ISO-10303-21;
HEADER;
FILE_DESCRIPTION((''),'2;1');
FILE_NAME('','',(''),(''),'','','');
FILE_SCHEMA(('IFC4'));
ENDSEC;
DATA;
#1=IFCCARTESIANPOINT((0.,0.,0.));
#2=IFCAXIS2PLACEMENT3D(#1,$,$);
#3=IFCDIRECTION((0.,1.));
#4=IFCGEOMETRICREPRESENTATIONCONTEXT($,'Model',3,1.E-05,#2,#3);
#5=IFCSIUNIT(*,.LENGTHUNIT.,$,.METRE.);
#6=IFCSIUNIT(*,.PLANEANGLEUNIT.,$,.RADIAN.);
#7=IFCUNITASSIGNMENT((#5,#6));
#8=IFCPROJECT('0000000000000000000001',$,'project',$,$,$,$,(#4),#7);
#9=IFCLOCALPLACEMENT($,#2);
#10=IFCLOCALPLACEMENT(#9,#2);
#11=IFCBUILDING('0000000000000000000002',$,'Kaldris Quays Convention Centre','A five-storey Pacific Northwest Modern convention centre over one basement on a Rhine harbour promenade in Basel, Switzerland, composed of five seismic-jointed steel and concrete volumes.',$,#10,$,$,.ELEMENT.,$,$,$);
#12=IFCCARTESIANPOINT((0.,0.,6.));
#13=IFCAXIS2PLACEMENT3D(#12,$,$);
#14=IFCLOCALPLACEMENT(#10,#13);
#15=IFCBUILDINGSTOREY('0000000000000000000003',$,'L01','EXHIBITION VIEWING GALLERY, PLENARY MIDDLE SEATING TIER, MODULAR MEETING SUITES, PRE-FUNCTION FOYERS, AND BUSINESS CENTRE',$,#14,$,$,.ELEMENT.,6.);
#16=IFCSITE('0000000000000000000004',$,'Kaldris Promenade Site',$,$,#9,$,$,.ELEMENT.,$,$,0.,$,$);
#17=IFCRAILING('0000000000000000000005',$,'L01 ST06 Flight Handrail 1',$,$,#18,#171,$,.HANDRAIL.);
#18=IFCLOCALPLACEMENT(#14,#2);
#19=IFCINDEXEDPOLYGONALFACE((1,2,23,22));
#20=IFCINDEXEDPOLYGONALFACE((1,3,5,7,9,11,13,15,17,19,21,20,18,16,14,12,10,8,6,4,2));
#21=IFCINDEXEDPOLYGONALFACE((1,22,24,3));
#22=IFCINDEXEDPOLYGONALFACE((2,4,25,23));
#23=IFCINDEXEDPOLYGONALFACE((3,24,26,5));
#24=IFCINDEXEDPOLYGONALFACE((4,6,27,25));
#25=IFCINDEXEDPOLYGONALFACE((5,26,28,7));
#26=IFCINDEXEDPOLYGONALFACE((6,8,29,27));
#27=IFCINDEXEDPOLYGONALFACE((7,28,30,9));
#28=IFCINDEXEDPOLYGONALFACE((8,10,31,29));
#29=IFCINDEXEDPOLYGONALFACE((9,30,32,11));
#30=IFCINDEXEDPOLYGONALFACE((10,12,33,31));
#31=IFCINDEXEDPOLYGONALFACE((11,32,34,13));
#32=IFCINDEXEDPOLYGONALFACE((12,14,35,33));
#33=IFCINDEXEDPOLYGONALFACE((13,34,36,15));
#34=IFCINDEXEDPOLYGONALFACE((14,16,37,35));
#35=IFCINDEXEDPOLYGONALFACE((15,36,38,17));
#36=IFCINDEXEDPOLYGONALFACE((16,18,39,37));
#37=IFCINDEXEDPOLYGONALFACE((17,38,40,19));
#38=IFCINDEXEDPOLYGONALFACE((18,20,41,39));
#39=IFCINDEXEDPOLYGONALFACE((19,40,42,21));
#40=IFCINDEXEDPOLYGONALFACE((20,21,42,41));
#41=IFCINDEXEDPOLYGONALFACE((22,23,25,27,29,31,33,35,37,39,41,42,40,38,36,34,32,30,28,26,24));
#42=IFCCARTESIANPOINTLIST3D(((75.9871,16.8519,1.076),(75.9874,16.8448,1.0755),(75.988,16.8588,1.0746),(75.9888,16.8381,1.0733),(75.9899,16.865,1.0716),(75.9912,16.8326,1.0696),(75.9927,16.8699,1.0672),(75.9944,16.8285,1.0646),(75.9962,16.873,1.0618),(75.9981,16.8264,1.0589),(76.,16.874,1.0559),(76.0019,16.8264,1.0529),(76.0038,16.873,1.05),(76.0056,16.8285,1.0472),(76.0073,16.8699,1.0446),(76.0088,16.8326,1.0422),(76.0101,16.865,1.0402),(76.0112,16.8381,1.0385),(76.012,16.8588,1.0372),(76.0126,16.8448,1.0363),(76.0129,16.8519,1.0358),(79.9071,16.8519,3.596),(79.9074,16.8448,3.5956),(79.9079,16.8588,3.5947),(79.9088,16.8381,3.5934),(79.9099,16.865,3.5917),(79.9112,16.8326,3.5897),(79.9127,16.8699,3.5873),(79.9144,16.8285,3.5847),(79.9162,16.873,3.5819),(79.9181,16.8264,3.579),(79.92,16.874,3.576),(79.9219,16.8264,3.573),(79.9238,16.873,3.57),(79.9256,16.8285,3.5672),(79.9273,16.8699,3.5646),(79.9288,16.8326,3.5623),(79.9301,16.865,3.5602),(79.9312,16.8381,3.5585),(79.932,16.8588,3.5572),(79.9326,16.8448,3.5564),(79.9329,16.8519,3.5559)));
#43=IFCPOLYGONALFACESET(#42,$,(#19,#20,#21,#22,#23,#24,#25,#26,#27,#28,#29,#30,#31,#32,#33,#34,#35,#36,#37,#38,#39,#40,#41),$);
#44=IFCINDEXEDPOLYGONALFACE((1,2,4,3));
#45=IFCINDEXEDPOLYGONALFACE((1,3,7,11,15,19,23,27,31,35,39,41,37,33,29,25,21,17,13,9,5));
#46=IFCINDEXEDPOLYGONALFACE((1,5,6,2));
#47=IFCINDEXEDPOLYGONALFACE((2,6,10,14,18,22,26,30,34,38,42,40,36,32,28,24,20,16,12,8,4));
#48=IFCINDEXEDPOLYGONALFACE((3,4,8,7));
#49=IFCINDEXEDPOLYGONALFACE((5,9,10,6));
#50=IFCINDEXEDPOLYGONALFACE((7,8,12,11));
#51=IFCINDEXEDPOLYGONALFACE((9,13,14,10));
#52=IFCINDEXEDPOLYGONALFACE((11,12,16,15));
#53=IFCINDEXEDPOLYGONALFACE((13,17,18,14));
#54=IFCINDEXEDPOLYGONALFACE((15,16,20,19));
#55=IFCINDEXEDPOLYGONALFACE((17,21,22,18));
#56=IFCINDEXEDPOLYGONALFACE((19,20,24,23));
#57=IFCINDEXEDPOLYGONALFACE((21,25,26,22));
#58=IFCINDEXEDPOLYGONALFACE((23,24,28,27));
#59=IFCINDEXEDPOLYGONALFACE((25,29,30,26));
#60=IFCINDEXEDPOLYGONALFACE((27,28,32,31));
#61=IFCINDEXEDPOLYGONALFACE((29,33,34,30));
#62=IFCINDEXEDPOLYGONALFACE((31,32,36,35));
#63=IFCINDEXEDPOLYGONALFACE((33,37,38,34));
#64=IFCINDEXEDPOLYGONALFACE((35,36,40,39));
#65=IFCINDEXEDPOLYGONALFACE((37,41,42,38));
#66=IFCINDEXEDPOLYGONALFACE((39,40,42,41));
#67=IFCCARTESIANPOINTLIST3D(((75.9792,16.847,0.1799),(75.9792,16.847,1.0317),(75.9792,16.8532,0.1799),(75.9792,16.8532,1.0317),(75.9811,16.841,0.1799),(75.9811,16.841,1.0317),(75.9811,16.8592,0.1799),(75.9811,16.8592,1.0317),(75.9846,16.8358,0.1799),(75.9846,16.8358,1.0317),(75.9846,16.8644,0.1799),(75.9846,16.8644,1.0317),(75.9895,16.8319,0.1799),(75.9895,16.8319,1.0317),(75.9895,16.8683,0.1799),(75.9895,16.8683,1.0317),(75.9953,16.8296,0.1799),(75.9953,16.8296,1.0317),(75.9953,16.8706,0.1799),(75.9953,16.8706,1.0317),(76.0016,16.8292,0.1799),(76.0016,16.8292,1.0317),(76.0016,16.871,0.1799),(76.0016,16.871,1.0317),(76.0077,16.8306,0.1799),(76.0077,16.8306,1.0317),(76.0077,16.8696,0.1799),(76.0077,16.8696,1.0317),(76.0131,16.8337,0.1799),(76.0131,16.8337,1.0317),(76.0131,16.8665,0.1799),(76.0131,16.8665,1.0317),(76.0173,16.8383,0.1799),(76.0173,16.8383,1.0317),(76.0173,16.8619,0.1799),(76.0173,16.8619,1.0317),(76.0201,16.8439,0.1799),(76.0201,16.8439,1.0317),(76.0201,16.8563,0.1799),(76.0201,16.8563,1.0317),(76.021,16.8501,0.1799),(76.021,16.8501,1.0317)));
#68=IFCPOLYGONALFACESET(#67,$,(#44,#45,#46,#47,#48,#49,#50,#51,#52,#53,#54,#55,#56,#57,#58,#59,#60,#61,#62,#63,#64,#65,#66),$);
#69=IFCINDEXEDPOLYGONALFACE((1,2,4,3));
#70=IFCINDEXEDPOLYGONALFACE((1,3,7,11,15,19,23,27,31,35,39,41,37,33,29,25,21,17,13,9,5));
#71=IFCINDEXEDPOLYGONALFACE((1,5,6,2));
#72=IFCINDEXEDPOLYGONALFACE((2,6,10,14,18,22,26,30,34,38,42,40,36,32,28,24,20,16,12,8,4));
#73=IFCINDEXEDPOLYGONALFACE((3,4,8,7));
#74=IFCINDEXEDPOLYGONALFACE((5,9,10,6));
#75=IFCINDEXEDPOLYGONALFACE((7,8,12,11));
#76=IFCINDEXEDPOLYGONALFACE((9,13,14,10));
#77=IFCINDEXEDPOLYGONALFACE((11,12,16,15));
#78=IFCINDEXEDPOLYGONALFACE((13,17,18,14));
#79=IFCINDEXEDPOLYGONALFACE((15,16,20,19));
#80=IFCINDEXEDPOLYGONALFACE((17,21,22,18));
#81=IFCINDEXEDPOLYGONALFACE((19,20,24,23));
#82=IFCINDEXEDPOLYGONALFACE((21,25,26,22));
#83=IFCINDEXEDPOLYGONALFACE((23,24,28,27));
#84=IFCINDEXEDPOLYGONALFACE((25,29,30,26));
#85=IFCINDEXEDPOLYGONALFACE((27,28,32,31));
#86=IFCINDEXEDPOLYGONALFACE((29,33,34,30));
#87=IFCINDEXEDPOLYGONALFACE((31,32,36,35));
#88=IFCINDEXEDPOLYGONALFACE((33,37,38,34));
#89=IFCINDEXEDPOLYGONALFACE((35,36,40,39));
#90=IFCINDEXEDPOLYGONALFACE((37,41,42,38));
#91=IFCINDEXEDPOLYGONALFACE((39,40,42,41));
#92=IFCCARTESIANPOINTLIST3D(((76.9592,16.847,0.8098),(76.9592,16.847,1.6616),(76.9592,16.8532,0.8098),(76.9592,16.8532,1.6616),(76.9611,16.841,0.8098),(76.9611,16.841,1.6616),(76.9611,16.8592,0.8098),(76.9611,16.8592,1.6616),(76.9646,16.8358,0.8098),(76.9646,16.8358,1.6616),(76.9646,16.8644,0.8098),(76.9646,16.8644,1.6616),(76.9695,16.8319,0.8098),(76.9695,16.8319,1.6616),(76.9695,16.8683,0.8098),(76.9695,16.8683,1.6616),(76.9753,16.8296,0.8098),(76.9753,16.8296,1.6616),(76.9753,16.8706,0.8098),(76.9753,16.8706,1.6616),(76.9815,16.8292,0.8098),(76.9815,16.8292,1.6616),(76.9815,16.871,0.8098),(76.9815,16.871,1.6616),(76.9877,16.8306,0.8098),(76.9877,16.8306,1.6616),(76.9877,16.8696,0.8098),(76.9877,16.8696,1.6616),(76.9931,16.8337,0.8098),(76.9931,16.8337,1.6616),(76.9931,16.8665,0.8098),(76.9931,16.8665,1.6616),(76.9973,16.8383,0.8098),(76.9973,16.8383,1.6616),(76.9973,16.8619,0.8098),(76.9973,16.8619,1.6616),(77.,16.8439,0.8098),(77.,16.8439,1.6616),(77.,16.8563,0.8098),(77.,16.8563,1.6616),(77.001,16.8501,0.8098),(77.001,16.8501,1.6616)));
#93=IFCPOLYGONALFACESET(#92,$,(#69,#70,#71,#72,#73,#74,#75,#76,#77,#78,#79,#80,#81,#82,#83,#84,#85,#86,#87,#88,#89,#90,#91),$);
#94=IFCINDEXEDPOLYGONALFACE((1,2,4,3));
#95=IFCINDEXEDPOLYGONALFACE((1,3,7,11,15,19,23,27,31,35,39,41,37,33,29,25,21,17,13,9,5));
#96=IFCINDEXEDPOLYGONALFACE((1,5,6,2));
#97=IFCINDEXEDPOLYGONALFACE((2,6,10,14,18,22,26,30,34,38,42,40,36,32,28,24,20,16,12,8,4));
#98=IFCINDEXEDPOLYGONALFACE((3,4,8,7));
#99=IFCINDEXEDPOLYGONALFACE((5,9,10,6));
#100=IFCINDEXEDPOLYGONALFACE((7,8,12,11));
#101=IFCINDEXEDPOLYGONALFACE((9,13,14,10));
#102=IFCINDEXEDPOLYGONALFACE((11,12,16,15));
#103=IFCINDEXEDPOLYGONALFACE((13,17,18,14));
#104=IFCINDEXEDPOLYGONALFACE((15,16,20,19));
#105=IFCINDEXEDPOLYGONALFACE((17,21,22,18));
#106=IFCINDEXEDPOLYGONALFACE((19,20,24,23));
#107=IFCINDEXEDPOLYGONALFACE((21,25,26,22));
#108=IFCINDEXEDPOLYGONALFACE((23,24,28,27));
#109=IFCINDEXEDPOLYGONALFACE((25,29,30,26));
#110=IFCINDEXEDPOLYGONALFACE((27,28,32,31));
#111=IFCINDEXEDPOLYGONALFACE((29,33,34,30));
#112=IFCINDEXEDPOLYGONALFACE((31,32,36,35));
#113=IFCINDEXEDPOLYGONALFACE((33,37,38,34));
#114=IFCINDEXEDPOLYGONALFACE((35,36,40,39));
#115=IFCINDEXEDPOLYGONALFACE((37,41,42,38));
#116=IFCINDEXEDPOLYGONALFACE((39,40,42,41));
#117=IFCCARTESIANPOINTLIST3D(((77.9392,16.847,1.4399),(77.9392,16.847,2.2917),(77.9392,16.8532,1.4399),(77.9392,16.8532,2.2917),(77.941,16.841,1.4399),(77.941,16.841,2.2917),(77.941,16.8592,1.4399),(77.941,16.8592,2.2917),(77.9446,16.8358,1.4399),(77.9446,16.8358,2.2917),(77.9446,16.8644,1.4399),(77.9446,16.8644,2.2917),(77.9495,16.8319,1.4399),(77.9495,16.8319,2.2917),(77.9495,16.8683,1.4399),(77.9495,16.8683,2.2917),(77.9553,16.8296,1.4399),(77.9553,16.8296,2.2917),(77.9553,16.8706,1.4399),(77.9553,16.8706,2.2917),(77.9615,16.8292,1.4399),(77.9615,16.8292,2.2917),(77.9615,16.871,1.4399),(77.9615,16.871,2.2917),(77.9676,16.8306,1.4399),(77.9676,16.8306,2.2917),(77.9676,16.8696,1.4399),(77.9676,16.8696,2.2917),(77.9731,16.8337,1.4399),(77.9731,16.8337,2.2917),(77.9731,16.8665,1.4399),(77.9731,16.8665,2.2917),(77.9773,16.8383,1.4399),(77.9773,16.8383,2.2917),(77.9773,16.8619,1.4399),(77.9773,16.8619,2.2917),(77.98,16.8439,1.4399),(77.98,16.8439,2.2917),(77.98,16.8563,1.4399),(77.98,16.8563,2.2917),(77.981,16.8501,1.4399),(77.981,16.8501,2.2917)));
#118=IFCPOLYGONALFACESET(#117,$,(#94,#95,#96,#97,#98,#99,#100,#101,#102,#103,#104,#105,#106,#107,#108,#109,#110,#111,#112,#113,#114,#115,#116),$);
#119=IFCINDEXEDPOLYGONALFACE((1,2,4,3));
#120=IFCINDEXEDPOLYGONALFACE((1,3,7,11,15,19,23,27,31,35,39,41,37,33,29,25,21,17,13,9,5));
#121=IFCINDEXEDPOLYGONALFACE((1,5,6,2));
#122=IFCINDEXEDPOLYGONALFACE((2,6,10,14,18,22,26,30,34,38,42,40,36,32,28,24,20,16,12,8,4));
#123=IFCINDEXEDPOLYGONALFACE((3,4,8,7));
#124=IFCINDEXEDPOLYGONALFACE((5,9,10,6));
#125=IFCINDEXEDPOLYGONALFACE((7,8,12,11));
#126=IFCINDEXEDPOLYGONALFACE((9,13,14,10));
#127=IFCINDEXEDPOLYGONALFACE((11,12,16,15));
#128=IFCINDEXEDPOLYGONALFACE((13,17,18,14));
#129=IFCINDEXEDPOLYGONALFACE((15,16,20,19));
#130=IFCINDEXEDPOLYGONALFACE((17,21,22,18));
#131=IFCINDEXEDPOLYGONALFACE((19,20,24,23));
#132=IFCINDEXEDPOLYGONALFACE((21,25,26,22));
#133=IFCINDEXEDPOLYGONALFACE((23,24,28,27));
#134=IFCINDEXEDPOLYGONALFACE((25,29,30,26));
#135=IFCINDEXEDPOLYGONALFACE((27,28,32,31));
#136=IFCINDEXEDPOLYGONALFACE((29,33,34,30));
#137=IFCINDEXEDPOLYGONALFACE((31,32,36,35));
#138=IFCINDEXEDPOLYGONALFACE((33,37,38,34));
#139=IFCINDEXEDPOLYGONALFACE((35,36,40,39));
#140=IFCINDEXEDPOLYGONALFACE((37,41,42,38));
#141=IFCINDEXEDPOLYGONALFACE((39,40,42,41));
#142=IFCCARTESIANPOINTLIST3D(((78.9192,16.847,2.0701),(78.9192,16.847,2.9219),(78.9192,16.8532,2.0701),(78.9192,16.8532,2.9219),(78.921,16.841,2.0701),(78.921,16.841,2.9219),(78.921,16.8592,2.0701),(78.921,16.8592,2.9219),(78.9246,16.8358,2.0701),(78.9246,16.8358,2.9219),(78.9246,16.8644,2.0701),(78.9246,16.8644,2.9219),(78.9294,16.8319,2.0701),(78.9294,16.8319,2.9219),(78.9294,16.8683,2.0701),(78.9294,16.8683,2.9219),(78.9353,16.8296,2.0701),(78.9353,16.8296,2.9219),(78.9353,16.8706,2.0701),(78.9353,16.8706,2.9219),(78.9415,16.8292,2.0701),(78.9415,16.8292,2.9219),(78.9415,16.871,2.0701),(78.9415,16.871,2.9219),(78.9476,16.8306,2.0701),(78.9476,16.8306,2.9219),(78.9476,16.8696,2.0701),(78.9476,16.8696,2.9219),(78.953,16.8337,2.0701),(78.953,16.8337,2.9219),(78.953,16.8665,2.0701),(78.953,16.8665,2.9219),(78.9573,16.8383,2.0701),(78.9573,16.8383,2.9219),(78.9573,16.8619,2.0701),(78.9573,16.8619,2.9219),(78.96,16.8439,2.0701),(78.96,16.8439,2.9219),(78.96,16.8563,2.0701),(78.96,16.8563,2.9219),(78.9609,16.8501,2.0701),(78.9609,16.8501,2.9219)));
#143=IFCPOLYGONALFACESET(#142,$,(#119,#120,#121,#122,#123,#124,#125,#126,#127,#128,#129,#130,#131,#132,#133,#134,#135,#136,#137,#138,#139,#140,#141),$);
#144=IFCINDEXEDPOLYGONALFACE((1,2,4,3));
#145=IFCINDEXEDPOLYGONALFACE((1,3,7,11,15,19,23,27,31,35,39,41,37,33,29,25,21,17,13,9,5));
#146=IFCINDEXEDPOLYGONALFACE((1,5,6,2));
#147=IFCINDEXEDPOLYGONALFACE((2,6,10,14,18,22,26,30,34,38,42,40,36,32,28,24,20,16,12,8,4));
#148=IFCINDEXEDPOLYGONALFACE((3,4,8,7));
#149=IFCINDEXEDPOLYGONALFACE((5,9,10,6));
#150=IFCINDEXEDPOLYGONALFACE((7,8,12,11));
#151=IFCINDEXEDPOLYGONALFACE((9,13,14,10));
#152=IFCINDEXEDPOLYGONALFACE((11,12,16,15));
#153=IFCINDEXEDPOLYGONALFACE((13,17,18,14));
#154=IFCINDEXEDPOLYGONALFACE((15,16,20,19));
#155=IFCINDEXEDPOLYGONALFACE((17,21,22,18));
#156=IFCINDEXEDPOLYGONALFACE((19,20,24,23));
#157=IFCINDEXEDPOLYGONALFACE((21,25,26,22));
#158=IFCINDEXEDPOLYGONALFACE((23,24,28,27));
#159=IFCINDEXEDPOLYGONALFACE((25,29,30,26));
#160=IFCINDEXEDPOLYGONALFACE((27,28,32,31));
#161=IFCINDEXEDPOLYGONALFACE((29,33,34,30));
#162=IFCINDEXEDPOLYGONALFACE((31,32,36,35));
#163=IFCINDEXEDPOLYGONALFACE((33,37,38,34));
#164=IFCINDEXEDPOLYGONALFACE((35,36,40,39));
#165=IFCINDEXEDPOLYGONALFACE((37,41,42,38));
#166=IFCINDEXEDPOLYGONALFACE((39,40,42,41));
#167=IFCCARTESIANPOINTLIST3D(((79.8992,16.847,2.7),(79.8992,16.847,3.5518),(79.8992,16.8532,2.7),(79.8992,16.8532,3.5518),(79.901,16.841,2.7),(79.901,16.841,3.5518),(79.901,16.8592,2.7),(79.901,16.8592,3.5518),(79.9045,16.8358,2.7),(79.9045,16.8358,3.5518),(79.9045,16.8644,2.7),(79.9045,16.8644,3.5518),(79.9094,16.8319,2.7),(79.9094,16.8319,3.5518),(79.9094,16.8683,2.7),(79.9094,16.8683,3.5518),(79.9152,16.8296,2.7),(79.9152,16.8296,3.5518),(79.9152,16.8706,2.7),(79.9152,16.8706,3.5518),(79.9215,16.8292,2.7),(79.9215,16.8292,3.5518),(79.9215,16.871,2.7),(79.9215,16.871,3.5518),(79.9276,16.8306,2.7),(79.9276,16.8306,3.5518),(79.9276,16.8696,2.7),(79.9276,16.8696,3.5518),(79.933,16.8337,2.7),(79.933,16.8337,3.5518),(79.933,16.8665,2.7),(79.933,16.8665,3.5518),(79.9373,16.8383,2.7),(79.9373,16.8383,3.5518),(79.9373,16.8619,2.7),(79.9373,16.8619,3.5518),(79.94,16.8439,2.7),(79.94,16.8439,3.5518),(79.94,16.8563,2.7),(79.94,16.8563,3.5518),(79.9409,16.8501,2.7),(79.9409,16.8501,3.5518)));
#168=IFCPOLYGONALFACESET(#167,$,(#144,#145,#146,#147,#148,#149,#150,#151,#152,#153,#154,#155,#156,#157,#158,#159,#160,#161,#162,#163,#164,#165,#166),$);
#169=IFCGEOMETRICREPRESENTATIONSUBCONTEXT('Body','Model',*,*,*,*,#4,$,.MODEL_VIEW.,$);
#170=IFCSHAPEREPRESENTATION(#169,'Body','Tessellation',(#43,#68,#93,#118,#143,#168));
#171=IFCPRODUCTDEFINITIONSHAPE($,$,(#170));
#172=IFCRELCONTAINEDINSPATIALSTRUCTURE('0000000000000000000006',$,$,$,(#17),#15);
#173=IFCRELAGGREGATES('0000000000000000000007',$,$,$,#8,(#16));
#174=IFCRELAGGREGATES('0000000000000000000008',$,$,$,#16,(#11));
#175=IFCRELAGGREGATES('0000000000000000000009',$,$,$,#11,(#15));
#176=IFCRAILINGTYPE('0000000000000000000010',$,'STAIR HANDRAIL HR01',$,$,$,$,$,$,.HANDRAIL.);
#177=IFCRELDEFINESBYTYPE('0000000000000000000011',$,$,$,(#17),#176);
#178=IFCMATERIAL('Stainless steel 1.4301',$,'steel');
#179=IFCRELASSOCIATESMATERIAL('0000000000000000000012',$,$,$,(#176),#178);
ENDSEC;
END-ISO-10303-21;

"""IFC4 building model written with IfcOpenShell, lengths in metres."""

from ifc_helpers import new_model, si_unit, direction, frame, origin, origin_2d, place, context, subcontext, project, spatial, circle, extrude, material, type_object, element, save


model = new_model("IFC4")

# Units and contexts
model_context = context("Model", 3, precision=1e-05, world=origin(), true_north=direction((0.0, 1.0)))
body_context = subcontext(model_context, "Body", "Model", "MODEL_VIEW")
ifc_project = project(units=[si_unit("LENGTHUNIT", "METRE"), si_unit("PLANEANGLEUNIT", "RADIAN")], contexts=[model_context])

# Site, building, storey
site_placement = place(None, origin())
site = spatial("IfcSite", under=ifc_project, at=site_placement, Name="Kaldris Promenade Site", CompositionType="ELEMENT", RefElevation=0.0)
building_placement = place(site_placement, origin())
building = spatial("IfcBuilding", under=site, at=building_placement, Name="Kaldris Quays Convention Centre", Description="A five-storey Pacific Northwest Modern convention centre over one basement on a Rhine harbour promenade in Basel, Switzerland, composed of five seismic-jointed steel and concrete volumes.", CompositionType="ELEMENT")
storey_placement = place(building_placement, frame((0.0, 0.0, 6.0)))
storey = spatial("IfcBuildingStorey", under=building, at=storey_placement, Name="L01", Description="EXHIBITION VIEWING GALLERY, PLENARY MIDDLE SEATING TIER, MODULAR MEETING SUITES, PRE-FUNCTION FOYERS, AND BUSINESS CENTRE", CompositionType="ELEMENT", Elevation=6.0)

# Railing
ifc_material_1 = material(Name="Stainless steel 1.4301", Category="steel")
railing_type_1 = type_object("IfcRailingType", Name="STAIR HANDRAIL HR01", PredefinedType="HANDRAIL", material=ifc_material_1)
railing_1_placement = place(storey_placement, frame((76.0, 16.8501, 0.1799)))
element("IfcRailing", 1, at=railing_1_placement, inside=storey, type_object=railing_type_1, Name="L01 ST06 Flight Handrail 1", PredefinedType="HANDRAIL", context=body_context, shape_type="SweptSolid", body=[
    extrude(circle(Radius=0.0239, at=origin_2d()), frame((0.0, 0.0, 0.876), z_axis=(0.841172, 0.0, 0.540768), x_axis=(0.0, 1.0, 0.0)), (0.0, 0.0, 1.0), 4.6602),
    extrude(circle(Radius=0.021, at=origin_2d()), origin(), (0.0, 0.0, 1.0), 0.8518),
    extrude(circle(Radius=0.021, at=origin_2d()), frame((0.98, 0.0, 0.6299)), (0.0, 0.0, 1.0), 0.8518),
    extrude(circle(Radius=0.021, at=origin_2d()), frame((1.96, 0.0, 1.26)), (0.0, 0.0, 1.0), 0.8518),
    extrude(circle(Radius=0.021, at=origin_2d()), frame((2.9399, 0.0, 1.8901)), (0.0, 0.0, 1.0), 0.8518),
    extrude(circle(Radius=0.021, at=origin_2d()), frame((3.9199, 0.0, 2.52)), (0.0, 0.0, 1.0), 0.8518),
])

save(model, "model.ifc")
